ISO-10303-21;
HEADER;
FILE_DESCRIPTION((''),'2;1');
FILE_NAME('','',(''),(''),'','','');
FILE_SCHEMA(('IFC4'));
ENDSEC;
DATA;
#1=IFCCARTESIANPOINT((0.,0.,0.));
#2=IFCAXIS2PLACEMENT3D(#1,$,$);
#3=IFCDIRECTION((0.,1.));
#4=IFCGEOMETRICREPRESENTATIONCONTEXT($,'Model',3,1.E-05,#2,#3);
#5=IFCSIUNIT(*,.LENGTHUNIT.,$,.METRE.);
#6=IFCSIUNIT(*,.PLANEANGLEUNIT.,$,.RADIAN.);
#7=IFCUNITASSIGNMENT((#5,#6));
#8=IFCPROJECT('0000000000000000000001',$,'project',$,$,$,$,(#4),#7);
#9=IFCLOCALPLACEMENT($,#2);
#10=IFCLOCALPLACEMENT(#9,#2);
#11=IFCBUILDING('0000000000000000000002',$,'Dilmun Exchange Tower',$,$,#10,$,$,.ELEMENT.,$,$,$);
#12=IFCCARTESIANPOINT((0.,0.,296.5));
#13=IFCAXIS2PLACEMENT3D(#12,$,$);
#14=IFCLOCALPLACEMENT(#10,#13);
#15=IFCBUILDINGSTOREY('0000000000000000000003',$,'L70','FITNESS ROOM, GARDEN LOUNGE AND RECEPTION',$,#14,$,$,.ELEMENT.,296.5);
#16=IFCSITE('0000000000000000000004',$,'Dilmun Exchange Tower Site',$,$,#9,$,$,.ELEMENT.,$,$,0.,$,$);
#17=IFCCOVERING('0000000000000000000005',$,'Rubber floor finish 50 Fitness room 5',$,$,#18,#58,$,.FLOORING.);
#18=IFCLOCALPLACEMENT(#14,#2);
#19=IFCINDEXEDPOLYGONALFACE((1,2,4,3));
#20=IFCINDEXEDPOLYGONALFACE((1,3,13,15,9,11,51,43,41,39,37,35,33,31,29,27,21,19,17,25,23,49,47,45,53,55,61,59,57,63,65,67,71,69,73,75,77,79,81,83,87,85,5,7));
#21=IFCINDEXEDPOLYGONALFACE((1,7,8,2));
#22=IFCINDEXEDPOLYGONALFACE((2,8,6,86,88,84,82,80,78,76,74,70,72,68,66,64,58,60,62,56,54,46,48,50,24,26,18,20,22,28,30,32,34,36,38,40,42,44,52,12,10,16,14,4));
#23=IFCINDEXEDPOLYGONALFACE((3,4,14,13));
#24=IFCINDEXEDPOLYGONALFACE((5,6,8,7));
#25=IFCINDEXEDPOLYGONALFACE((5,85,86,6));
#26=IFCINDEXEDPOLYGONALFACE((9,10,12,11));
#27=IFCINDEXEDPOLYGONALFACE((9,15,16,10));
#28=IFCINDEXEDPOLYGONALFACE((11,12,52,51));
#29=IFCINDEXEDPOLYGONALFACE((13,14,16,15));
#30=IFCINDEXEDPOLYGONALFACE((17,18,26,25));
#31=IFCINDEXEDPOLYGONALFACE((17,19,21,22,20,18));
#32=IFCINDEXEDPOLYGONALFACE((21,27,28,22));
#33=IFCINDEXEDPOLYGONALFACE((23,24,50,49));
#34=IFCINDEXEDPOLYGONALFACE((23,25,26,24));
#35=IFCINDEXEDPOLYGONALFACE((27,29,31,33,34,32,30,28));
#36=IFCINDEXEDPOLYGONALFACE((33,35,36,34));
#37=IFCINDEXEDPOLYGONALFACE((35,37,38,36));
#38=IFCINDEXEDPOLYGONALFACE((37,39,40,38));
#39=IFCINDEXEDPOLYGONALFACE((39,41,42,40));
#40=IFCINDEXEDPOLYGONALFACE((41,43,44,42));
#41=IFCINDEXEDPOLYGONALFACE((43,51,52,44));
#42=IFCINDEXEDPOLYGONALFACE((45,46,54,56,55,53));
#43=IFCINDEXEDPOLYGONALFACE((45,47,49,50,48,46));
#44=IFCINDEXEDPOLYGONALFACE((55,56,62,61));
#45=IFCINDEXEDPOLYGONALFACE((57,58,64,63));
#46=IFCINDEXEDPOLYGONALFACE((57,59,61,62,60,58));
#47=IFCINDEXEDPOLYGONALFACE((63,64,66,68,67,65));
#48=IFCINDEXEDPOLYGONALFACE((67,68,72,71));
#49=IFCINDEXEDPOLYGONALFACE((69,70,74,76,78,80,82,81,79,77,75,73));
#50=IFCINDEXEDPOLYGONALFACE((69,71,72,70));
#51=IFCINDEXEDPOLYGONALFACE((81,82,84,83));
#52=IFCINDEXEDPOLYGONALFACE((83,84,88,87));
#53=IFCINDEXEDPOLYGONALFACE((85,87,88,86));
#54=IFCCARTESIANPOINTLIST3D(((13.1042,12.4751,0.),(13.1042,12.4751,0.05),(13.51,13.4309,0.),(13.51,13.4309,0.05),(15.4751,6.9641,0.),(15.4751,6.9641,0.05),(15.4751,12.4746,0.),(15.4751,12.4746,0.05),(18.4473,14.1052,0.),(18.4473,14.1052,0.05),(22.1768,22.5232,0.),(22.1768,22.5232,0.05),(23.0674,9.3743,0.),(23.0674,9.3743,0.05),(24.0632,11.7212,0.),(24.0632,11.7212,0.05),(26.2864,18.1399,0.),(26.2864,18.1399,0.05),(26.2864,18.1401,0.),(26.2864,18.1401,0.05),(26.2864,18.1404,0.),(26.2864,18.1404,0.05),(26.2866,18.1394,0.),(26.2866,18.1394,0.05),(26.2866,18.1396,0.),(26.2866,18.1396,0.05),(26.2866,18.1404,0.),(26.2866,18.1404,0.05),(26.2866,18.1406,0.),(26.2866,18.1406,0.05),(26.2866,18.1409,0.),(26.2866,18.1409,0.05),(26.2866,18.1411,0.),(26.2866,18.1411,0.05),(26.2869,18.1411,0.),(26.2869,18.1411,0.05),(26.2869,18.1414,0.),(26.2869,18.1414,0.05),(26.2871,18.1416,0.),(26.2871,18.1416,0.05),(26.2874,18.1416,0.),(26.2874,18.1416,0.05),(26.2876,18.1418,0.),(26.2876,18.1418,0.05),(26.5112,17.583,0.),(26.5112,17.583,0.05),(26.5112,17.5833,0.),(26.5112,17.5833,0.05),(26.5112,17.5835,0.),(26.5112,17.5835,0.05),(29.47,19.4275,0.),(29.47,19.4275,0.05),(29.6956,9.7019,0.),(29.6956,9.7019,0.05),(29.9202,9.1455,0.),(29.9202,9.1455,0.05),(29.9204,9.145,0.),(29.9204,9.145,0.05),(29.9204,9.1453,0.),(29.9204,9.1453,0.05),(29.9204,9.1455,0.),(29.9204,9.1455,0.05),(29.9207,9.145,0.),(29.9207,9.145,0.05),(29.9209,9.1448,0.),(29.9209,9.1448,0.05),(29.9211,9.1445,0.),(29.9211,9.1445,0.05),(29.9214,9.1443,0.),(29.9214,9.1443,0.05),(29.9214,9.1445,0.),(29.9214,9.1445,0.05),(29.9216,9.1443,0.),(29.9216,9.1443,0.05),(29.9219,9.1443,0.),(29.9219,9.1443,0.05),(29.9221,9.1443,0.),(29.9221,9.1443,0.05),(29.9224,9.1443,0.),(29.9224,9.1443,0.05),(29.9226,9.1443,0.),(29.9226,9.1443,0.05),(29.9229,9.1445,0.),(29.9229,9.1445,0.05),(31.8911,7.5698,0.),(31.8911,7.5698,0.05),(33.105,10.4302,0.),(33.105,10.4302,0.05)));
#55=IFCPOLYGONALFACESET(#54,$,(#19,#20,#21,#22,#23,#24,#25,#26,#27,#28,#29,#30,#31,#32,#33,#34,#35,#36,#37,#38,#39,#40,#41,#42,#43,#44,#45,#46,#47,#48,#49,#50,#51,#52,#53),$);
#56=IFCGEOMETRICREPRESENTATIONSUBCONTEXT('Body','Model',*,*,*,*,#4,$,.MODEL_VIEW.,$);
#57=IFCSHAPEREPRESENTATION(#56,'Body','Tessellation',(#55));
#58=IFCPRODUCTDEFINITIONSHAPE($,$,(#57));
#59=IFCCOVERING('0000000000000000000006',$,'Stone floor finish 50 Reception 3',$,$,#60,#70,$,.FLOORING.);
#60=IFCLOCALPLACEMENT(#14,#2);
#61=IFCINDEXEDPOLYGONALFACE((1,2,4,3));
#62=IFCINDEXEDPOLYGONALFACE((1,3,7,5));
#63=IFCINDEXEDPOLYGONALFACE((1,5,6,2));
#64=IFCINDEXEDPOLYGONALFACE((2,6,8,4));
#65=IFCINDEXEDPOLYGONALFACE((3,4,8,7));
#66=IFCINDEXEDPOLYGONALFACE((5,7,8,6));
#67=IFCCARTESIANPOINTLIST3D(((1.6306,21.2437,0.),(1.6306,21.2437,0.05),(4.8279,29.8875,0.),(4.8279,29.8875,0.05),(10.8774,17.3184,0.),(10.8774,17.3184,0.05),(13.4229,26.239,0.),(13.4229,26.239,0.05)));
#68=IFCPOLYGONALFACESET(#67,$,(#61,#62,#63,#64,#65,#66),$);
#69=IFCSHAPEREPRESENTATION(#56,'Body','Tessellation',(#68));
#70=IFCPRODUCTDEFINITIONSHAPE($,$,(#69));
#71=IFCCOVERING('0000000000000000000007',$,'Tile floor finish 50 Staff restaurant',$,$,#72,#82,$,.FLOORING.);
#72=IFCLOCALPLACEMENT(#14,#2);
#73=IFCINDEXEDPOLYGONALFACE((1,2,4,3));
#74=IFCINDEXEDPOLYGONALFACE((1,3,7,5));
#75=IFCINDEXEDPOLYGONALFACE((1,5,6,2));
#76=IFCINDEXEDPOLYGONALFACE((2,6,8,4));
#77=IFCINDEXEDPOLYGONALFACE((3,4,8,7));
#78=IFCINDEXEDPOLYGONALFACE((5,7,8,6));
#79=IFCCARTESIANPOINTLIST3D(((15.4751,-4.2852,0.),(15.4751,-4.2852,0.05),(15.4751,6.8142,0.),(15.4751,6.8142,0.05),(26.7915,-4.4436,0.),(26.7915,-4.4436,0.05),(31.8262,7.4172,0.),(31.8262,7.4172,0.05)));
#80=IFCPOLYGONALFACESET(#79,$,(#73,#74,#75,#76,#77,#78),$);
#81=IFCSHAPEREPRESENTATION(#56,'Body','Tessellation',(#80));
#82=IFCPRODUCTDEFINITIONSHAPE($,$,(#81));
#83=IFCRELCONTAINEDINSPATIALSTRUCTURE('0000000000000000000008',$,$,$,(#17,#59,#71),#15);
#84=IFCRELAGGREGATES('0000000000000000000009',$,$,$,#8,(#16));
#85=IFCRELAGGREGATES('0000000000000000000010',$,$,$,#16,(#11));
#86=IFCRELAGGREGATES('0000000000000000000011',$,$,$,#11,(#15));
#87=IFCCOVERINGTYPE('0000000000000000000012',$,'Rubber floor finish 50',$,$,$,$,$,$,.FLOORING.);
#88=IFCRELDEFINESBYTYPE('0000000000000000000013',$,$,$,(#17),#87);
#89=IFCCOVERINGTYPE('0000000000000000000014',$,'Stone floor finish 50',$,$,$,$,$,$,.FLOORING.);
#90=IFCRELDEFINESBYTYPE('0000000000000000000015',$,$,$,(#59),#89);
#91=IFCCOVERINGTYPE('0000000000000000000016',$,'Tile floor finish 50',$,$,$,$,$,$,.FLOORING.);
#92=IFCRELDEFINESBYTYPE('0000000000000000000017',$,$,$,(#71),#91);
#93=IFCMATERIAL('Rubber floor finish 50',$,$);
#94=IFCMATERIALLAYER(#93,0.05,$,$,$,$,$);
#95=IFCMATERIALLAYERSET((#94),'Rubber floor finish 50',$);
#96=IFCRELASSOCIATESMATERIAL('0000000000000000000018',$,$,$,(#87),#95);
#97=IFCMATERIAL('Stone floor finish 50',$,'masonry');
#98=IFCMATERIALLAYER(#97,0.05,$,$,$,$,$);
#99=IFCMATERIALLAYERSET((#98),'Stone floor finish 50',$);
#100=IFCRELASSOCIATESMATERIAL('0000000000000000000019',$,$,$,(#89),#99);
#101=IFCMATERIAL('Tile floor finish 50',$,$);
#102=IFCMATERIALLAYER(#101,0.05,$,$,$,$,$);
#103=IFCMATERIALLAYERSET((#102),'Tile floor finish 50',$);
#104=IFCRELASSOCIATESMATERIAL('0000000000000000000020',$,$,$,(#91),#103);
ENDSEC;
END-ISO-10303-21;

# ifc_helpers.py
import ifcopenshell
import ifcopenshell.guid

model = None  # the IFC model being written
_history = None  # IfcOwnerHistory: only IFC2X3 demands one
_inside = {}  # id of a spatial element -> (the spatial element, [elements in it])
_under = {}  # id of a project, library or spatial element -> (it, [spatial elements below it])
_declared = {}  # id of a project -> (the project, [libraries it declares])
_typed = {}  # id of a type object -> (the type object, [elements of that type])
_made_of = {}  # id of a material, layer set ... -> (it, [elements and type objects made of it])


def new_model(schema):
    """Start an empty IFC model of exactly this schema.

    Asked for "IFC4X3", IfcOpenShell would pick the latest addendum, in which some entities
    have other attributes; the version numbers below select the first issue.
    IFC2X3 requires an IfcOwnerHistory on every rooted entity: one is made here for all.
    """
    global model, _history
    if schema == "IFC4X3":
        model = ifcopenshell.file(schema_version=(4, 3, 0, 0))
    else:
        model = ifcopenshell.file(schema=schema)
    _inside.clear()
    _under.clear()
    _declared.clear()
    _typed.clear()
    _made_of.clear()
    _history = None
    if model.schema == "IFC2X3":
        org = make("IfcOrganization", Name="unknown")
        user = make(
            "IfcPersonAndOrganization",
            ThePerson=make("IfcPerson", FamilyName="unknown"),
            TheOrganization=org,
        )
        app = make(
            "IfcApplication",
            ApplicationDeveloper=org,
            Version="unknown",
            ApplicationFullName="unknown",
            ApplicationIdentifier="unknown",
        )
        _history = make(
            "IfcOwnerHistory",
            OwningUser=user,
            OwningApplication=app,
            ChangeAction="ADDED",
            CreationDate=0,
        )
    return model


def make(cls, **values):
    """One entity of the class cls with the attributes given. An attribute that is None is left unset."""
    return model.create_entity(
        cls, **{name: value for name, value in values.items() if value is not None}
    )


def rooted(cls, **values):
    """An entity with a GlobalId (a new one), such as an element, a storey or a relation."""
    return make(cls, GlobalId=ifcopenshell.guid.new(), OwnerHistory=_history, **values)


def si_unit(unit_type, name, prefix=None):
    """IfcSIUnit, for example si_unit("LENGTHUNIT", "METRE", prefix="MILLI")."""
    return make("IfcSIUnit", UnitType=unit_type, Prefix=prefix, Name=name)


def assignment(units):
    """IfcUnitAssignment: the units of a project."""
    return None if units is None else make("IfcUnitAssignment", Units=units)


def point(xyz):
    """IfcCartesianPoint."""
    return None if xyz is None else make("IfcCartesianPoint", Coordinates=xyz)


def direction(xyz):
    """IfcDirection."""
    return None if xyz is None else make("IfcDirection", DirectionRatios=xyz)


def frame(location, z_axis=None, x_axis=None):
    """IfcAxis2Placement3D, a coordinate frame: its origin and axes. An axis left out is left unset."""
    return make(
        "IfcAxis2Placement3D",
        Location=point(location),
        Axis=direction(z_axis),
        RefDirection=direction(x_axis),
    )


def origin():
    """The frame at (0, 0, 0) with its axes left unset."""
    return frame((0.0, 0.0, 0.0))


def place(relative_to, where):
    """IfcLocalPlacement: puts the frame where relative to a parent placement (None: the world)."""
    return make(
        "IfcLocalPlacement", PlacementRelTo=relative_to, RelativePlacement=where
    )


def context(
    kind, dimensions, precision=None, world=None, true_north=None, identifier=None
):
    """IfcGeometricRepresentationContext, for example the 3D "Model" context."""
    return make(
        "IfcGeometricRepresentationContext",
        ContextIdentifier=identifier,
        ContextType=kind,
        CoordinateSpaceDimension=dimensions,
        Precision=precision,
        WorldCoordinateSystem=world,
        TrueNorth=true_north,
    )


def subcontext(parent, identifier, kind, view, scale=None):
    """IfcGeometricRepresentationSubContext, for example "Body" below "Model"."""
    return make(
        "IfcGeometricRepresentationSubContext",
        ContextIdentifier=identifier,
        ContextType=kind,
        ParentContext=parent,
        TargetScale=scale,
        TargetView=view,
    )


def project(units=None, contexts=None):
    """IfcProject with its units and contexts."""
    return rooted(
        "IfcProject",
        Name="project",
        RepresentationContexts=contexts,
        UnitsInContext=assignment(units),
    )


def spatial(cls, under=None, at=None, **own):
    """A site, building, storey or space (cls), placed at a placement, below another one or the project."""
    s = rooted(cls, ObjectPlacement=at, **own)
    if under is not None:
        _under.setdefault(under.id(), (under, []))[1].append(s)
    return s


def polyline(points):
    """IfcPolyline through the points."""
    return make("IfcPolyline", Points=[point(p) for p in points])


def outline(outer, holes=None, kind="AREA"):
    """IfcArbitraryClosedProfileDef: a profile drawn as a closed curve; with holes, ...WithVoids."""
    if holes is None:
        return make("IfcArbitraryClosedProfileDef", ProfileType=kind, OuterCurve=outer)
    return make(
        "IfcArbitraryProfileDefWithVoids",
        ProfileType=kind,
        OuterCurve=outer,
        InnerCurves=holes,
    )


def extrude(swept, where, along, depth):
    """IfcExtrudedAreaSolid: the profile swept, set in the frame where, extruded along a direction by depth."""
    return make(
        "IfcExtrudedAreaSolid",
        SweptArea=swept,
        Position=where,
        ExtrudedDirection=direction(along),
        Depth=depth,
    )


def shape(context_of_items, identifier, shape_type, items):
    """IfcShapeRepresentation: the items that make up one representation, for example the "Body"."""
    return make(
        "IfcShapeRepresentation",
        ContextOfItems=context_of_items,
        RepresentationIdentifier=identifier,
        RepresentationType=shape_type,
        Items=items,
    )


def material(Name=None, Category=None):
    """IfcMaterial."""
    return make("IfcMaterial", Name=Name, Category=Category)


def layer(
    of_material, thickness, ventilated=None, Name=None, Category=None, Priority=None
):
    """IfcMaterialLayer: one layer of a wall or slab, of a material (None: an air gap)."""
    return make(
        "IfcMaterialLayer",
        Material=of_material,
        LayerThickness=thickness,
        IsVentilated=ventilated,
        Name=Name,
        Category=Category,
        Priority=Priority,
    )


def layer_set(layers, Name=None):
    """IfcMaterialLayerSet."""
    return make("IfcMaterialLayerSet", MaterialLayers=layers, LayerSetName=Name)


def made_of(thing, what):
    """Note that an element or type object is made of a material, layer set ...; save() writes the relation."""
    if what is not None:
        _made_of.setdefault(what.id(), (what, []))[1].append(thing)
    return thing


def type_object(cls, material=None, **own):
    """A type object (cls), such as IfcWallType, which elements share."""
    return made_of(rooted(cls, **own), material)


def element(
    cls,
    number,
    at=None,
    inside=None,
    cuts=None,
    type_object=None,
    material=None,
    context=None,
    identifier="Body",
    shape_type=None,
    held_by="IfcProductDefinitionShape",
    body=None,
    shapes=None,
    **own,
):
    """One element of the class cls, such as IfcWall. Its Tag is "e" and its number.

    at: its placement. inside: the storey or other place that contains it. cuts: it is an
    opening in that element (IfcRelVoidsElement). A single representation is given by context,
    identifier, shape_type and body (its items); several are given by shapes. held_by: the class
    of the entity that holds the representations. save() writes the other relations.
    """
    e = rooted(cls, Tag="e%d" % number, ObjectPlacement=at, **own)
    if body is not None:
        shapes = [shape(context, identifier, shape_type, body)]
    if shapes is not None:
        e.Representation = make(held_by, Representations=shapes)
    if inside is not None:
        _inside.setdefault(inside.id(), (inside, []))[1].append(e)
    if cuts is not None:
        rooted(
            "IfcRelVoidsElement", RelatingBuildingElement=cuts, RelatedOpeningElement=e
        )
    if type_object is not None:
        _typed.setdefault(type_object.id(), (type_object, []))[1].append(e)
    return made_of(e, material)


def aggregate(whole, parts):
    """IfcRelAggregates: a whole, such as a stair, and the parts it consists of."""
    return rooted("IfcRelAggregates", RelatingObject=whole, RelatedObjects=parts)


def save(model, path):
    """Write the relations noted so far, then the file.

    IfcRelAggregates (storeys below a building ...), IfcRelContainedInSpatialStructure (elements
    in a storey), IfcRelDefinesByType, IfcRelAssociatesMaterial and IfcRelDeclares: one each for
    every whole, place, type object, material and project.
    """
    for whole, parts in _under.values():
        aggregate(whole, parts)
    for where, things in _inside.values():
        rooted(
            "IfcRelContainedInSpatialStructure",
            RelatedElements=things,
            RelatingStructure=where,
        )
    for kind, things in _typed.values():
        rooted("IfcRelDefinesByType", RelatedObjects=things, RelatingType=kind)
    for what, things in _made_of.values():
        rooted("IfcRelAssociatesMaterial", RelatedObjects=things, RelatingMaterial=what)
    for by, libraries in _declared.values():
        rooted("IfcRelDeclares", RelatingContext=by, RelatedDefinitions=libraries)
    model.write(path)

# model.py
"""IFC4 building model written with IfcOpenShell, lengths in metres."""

from ifc_helpers import new_model, si_unit, direction, frame, origin, place, context, subcontext, project, spatial, polyline, outline, extrude, material, layer, layer_set, type_object, element, save


model = new_model("IFC4")

# Units and contexts
model_context = context("Model", 3, precision=1e-05, world=origin(), true_north=direction((0.0, 1.0)))
body_context = subcontext(model_context, "Body", "Model", "MODEL_VIEW")
ifc_project = project(units=[si_unit("LENGTHUNIT", "METRE"), si_unit("PLANEANGLEUNIT", "RADIAN")], contexts=[model_context])

# Site, building, storey
site_placement = place(None, origin())
site = spatial("IfcSite", under=ifc_project, at=site_placement, Name="Dilmun Exchange Tower Site", CompositionType="ELEMENT", RefElevation=0.0)
building_placement = place(site_placement, origin())
building = spatial("IfcBuilding", under=site, at=building_placement, Name="Dilmun Exchange Tower", CompositionType="ELEMENT")
storey_placement = place(building_placement, frame((0.0, 0.0, 296.5)))
storey = spatial("IfcBuildingStorey", under=building, at=storey_placement, Name="L70", Description="FITNESS ROOM, GARDEN LOUNGE AND RECEPTION", CompositionType="ELEMENT", Elevation=296.5)

# Coverings
ifc_material_1 = material(Name="Rubber floor finish 50")
ifc_layer_1 = layer(ifc_material_1, 0.05)
ifc_layer_set_1 = layer_set([ifc_layer_1], Name="Rubber floor finish 50")
covering_type_1 = type_object("IfcCoveringType", Name="Rubber floor finish 50", PredefinedType="FLOORING", material=ifc_layer_set_1)
covering_1_placement = place(storey_placement, origin())
element("IfcCovering", 1, at=covering_1_placement, inside=storey, type_object=covering_type_1, Name="Rubber floor finish 50 Fitness room 5", PredefinedType="FLOORING", context=body_context, shape_type="SweptSolid", body=[
    extrude(outline(polyline([(13.51, 13.4309), (23.0674, 9.3743), (24.0632, 11.7212), (18.4473, 14.1052), (22.1768, 22.5232), (29.47, 19.4275), (26.2876, 18.1418), (26.2876, 18.1418), (26.2874, 18.1416), (26.2871, 18.1416), (26.2871, 18.1416), (26.2869, 18.1414), (26.2869, 18.1411), (26.2866, 18.1411), (26.2866, 18.1409), (26.2866, 18.1406), (26.2866, 18.1404), (26.2864, 18.1404), (26.2864, 18.1401), (26.2864, 18.1399), (26.2866, 18.1396), (26.2866, 18.1394), (26.2866, 18.1394), (26.5112, 17.5835), (26.5112, 17.5833), (26.5112, 17.5833), (26.5112, 17.583), (29.6956, 9.7019), (29.9202, 9.1455), (29.9204, 9.1455), (29.9204, 9.1453), (29.9204, 9.145), (29.9207, 9.145), (29.9209, 9.1448), (29.9209, 9.1448), (29.9211, 9.1445), (29.9214, 9.1445), (29.9214, 9.1443), (29.9216, 9.1443), (29.9219, 9.1443), (29.9221, 9.1443), (29.9224, 9.1443), (29.9226, 9.1443), (29.9226, 9.1443), (29.9229, 9.1445), (33.105, 10.4302), (31.8911, 7.5698), (15.4751, 6.9641), (15.4751, 12.4746), (13.1042, 12.4751), (13.51, 13.4309)])), origin(), (0.0, 0.0, 1.0), 0.05),
])
ifc_material_2 = material(Name="Stone floor finish 50", Category="masonry")
ifc_layer_2 = layer(ifc_material_2, 0.05)
ifc_layer_set_2 = layer_set([ifc_layer_2], Name="Stone floor finish 50")
covering_type_2 = type_object("IfcCoveringType", Name="Stone floor finish 50", PredefinedType="FLOORING", material=ifc_layer_set_2)
covering_2_placement = place(storey_placement, origin())
element("IfcCovering", 2, at=covering_2_placement, inside=storey, type_object=covering_type_2, Name="Stone floor finish 50 Reception 3", PredefinedType="FLOORING", context=body_context, shape_type="SweptSolid", body=[
    extrude(outline(polyline([(1.6306, 21.2437), (4.8279, 29.8875), (13.4229, 26.239), (10.8774, 17.3184), (1.6306, 21.2437)])), origin(), (0.0, 0.0, 1.0), 0.05),
])
ifc_material_3 = material(Name="Tile floor finish 50")
ifc_layer_3 = layer(ifc_material_3, 0.05)
ifc_layer_set_3 = layer_set([ifc_layer_3], Name="Tile floor finish 50")
covering_type_3 = type_object("IfcCoveringType", Name="Tile floor finish 50", PredefinedType="FLOORING", material=ifc_layer_set_3)
covering_3_placement = place(storey_placement, origin())
element("IfcCovering", 3, at=covering_3_placement, inside=storey, type_object=covering_type_3, Name="Tile floor finish 50 Staff restaurant", PredefinedType="FLOORING", context=body_context, shape_type="SweptSolid", body=[
    extrude(outline(polyline([(15.4751, 6.8142), (31.8262, 7.4172), (26.7915, -4.4436), (15.4751, -4.2852), (15.4751, 6.8142)])), origin(), (0.0, 0.0, 1.0), 0.05),
])

save(model, "model.ifc")
